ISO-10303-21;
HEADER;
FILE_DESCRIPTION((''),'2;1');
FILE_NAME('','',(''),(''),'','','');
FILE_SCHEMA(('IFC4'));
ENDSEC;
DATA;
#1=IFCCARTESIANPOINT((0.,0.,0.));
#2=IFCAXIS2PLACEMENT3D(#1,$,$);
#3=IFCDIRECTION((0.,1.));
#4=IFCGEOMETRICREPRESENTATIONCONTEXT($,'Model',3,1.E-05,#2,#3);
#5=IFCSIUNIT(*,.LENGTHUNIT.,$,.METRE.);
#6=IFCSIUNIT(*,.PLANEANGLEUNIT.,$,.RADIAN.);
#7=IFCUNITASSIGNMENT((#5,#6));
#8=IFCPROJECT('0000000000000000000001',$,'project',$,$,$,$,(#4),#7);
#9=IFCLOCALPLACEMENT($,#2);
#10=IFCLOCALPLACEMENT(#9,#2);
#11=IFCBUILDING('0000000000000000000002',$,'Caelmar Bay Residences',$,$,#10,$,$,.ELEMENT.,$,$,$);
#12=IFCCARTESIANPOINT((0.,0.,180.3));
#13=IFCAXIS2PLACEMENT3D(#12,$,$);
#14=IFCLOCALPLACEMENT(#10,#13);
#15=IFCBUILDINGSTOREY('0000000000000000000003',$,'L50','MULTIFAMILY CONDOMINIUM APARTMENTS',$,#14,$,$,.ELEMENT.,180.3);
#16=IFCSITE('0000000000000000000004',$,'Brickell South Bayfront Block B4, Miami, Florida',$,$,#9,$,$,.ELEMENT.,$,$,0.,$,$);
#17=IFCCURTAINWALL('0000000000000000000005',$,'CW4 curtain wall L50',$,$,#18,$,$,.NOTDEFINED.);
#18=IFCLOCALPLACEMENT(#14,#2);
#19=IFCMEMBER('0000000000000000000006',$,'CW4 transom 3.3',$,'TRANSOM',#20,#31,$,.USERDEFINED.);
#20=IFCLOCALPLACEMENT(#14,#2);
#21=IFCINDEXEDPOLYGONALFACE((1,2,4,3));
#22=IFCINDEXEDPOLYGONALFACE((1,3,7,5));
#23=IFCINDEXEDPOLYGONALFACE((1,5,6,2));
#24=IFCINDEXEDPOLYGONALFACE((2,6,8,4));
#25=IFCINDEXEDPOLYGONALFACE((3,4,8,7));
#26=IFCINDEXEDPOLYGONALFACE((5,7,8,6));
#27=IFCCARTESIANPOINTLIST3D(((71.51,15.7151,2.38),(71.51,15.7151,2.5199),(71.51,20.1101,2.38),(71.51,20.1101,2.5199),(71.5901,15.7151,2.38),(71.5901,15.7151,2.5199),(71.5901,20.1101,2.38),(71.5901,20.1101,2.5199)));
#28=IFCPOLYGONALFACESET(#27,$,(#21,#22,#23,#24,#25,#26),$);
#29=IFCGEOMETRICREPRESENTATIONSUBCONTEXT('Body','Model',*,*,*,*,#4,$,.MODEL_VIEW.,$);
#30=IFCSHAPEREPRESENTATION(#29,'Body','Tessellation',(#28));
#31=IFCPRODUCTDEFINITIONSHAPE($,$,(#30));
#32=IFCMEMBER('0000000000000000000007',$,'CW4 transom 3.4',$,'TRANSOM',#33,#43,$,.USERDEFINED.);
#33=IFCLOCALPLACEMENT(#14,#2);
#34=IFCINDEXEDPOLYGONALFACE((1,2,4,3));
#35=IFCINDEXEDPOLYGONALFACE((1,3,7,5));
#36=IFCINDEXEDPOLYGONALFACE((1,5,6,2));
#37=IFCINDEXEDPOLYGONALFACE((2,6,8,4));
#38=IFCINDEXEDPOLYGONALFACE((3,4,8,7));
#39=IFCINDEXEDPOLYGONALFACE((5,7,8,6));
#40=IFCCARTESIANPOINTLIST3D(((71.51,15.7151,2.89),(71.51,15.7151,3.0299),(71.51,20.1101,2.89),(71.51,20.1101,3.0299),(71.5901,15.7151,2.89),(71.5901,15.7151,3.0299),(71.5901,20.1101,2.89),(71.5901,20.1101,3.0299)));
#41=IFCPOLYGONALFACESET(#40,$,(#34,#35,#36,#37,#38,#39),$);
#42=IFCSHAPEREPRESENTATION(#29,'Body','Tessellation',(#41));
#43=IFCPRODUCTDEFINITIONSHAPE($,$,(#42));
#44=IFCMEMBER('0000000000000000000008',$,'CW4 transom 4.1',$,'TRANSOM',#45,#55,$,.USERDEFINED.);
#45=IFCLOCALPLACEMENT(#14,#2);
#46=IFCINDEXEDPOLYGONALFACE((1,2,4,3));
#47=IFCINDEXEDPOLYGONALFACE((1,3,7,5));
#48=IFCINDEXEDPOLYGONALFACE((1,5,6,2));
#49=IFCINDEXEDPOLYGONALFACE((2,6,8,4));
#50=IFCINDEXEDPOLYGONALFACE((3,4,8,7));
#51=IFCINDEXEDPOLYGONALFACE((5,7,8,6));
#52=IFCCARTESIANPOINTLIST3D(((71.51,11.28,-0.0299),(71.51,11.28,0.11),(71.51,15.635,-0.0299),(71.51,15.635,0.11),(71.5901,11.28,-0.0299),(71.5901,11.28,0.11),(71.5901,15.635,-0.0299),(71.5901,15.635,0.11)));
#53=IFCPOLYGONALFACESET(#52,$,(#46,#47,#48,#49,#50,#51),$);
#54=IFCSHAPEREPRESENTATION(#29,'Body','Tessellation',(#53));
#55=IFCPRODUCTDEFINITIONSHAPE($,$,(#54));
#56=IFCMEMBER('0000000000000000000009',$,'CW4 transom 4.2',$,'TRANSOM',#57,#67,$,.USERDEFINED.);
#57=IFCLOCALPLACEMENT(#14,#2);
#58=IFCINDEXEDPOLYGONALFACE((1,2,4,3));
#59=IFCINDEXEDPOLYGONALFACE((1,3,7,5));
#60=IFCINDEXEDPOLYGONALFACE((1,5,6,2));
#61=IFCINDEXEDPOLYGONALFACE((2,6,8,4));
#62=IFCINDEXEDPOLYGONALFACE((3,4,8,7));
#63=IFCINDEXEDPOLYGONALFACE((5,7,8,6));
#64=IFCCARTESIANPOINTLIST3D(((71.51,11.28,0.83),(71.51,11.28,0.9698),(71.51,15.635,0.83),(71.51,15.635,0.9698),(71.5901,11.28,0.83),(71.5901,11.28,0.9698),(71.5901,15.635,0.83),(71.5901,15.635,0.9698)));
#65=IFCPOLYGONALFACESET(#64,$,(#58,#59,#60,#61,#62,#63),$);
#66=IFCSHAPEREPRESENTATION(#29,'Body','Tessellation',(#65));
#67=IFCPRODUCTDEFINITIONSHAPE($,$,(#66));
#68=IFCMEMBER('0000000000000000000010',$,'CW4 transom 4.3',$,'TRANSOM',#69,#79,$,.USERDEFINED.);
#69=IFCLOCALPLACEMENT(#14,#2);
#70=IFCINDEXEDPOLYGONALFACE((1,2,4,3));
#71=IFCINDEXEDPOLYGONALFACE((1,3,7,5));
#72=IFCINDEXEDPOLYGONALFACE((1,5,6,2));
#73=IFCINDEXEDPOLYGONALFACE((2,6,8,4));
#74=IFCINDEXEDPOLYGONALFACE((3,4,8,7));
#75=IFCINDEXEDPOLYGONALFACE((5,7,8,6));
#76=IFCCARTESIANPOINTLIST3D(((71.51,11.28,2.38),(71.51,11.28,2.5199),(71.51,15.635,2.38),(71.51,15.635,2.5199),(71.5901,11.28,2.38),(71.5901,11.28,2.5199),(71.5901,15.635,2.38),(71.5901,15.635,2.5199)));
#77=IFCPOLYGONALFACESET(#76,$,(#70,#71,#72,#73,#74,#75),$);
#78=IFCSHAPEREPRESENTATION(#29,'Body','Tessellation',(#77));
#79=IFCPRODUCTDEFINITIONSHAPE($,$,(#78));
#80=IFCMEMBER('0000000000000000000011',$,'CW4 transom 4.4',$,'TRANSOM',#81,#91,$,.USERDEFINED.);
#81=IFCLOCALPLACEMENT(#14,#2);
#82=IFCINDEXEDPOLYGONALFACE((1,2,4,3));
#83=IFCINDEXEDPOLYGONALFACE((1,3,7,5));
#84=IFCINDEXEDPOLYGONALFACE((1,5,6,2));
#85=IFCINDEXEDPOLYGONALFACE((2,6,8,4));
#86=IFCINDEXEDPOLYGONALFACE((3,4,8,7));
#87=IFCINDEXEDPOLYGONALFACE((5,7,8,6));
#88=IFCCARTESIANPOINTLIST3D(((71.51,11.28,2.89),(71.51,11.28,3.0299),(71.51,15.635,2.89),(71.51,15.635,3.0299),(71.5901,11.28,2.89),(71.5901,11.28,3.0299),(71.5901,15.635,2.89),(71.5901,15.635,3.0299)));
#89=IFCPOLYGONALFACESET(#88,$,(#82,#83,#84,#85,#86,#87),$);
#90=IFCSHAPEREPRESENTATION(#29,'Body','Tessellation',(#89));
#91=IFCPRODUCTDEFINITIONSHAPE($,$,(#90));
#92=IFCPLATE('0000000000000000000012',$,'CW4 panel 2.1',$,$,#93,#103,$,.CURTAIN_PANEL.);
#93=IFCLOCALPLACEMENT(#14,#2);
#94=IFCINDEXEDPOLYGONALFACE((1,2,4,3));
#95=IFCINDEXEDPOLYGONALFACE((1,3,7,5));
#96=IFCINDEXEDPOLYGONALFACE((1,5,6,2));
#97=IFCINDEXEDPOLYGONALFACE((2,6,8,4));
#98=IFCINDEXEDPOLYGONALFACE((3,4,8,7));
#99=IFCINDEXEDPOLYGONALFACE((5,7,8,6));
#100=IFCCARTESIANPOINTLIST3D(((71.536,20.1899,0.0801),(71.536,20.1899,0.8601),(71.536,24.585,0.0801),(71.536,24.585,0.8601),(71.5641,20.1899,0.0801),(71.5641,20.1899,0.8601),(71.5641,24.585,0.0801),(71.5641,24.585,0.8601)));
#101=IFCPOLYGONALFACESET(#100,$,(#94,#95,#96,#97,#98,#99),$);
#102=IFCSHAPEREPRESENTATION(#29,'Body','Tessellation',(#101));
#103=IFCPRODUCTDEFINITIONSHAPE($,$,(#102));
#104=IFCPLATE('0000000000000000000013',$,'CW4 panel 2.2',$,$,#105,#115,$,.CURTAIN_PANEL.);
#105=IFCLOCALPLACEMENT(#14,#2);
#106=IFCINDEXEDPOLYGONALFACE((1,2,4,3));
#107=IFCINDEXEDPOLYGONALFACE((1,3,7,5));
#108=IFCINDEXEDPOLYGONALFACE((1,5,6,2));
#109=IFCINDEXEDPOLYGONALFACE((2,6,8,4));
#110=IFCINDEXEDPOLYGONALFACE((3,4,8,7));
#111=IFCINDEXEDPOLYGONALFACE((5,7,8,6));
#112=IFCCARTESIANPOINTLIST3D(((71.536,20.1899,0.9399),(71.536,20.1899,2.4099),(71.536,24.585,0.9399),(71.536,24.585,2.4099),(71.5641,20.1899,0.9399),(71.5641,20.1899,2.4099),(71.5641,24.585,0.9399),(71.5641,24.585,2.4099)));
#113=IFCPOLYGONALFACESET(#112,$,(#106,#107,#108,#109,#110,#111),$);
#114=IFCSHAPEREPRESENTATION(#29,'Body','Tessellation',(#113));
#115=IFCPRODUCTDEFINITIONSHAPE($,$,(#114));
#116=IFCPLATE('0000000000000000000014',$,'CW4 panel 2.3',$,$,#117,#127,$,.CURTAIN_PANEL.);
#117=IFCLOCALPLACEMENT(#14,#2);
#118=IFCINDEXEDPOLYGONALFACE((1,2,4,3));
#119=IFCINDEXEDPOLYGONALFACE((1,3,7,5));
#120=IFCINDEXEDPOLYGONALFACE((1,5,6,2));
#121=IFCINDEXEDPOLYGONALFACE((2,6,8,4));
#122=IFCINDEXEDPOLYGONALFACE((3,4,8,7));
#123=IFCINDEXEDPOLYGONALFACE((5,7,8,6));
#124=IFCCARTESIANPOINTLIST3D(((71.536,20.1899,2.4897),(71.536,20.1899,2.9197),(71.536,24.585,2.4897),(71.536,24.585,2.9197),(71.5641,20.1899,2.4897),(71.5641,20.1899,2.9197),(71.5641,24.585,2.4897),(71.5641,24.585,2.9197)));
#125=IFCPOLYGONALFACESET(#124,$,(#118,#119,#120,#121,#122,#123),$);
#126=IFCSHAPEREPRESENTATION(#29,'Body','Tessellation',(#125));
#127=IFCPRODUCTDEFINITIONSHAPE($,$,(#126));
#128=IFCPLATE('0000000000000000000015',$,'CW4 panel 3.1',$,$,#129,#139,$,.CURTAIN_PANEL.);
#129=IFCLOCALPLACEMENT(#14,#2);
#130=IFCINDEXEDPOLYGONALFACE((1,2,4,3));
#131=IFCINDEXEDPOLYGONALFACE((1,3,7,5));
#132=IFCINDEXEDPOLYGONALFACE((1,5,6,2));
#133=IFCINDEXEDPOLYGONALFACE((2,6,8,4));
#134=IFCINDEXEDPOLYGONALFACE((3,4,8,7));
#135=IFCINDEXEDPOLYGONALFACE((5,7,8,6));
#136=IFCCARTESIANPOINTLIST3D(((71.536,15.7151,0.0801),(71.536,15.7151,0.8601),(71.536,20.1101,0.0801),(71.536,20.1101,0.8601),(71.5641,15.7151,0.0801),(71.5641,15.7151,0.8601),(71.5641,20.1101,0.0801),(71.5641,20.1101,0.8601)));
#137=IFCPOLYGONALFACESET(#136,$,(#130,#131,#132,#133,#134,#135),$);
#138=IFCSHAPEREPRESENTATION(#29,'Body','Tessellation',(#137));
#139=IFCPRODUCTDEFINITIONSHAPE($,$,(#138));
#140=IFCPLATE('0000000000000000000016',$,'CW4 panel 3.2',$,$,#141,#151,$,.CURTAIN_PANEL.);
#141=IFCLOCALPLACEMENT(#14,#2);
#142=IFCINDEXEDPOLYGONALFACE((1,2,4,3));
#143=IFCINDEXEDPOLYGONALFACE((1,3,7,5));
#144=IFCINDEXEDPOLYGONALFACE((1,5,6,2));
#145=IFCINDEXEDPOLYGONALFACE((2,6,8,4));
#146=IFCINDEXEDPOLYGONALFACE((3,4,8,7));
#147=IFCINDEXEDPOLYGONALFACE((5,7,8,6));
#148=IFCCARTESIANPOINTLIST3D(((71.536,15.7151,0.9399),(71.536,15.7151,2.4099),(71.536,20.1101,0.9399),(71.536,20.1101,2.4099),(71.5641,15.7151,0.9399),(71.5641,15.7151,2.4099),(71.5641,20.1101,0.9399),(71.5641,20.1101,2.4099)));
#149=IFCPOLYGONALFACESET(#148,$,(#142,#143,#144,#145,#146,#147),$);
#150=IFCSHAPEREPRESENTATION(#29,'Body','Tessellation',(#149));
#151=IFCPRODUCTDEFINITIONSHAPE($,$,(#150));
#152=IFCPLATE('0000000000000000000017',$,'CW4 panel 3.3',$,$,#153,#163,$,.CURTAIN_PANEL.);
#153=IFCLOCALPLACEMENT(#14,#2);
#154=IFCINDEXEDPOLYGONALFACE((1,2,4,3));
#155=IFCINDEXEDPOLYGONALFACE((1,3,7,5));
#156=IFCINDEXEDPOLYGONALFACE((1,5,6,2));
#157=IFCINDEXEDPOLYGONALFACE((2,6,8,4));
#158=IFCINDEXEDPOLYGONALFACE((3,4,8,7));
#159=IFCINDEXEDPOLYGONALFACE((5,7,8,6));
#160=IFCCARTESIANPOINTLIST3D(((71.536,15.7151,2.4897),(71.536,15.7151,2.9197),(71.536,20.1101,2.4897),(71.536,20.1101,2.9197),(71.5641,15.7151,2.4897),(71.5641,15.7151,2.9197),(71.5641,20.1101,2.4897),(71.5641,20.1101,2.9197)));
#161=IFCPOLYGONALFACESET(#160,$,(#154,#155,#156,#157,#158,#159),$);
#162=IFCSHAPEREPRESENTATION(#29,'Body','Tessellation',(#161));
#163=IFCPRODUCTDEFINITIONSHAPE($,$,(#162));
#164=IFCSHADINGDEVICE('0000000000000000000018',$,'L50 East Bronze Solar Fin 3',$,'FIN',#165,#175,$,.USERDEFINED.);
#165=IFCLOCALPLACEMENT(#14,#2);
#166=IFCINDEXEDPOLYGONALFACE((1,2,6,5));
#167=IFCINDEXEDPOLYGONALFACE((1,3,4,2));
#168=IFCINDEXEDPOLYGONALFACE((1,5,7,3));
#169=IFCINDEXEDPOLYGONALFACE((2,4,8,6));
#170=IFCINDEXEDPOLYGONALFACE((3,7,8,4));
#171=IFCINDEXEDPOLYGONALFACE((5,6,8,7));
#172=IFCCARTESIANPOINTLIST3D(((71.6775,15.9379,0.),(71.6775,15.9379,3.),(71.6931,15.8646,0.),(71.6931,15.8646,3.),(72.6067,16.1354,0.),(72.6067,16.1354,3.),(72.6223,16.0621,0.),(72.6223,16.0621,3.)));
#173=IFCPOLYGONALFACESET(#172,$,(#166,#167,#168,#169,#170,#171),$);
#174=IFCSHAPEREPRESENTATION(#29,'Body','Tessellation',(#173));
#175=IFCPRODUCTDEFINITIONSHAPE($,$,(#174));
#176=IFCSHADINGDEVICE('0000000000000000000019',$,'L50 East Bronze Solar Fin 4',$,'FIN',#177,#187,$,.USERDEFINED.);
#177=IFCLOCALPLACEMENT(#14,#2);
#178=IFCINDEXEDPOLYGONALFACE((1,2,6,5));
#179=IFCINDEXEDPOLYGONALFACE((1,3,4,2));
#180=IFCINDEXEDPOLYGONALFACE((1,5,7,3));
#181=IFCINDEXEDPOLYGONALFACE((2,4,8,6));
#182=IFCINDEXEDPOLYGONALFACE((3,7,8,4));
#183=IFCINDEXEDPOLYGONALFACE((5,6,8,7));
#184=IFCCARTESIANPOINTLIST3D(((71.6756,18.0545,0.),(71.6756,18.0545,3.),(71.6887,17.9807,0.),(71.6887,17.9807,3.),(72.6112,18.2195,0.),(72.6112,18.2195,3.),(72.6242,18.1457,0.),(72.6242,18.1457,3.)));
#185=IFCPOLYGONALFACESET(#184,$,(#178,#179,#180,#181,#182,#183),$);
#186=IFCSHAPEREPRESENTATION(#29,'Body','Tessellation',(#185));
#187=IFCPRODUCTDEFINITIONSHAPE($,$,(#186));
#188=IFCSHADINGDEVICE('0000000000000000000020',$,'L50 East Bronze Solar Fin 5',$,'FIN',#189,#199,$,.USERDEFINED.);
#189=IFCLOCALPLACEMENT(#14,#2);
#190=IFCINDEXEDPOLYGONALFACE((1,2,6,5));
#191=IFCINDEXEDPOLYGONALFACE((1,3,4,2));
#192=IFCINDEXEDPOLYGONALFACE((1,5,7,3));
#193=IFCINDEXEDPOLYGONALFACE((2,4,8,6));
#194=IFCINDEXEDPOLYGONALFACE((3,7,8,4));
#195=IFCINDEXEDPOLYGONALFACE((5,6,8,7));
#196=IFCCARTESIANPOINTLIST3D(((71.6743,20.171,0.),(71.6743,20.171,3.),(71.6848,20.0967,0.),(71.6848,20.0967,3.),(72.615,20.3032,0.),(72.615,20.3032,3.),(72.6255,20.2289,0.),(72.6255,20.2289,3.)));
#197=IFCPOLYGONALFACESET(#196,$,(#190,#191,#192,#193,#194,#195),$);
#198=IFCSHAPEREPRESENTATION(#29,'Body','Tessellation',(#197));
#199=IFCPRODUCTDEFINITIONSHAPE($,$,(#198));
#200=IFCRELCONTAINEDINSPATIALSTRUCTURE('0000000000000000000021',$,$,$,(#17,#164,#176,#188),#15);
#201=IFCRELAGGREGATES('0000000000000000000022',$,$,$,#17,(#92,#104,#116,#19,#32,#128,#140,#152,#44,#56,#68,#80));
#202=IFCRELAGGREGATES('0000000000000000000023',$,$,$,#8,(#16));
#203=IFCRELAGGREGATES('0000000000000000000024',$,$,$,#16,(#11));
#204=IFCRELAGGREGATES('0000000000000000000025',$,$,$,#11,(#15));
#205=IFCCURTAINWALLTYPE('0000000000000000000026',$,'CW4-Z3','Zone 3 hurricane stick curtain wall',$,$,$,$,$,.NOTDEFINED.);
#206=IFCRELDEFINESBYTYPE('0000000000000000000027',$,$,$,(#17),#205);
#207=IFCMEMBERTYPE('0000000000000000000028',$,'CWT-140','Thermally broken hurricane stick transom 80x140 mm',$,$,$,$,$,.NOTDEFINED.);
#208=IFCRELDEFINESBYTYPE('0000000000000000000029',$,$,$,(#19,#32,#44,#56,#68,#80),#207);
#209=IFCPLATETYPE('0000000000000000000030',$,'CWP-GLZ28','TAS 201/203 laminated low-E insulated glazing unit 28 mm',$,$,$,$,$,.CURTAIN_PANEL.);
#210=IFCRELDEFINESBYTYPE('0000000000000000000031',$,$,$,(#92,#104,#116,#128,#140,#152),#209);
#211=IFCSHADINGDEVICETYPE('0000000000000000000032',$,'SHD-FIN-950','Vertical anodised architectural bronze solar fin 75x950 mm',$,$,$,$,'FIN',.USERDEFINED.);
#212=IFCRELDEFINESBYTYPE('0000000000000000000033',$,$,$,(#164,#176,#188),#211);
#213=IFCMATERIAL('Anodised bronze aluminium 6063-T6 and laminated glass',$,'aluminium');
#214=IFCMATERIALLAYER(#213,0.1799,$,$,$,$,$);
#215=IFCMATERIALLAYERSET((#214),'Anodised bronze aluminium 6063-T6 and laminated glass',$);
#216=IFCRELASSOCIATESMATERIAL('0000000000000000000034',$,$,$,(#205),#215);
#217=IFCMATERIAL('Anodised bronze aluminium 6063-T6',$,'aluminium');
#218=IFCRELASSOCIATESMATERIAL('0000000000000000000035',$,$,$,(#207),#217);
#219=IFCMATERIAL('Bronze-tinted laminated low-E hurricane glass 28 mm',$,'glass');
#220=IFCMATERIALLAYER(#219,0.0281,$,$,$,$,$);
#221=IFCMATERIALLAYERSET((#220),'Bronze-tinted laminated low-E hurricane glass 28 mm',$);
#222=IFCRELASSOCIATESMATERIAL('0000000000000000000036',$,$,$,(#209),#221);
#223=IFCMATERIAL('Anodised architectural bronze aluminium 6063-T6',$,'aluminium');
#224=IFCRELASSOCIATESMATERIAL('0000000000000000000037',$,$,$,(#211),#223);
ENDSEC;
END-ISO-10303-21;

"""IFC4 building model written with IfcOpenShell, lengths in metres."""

from ifc_helpers import new_model, si_unit, direction, frame, origin, origin_2d, place, context, subcontext, project, spatial, rectangle, extrude, material, layer, layer_set, material_profile, profile_set, type_object, element, aggregate, save


model = new_model("IFC4")

# Units and contexts
model_context = context("Model", 3, precision=1e-05, world=origin(), true_north=direction((0.0, 1.0)))
body_context = subcontext(model_context, "Body", "Model", "MODEL_VIEW")
ifc_project = project(units=[si_unit("LENGTHUNIT", "METRE"), si_unit("PLANEANGLEUNIT", "RADIAN")], contexts=[model_context])

# Site, building, storey
site_placement = place(None, origin())
site = spatial("IfcSite", under=ifc_project, at=site_placement, Name="Brickell South Bayfront Block B4, Miami, Florida", CompositionType="ELEMENT", RefElevation=0.0)
building_placement = place(site_placement, origin())
building = spatial("IfcBuilding", under=site, at=building_placement, Name="Caelmar Bay Residences", CompositionType="ELEMENT")
storey_placement = place(building_placement, frame((0.0, 0.0, 180.3)))
storey = spatial("IfcBuildingStorey", under=building, at=storey_placement, Name="L50", Description="MULTIFAMILY CONDOMINIUM APARTMENTS", CompositionType="ELEMENT", Elevation=180.3)

# Curtain wall, members, plates
ifc_material_1 = material(Name="Anodised bronze aluminium 6063-T6 and laminated glass", Category="aluminium")
ifc_layer_1 = layer(ifc_material_1, 0.1799)
ifc_layer_set_1 = layer_set([ifc_layer_1], Name="Anodised bronze aluminium 6063-T6 and laminated glass")
curtain_wall_type = type_object("IfcCurtainWallType", Name="CW4-Z3", Description="Zone 3 hurricane stick curtain wall", PredefinedType="NOTDEFINED", material=ifc_layer_set_1)
curtain_wall_placement = place(storey_placement, origin())
curtain_wall = element("IfcCurtainWall", 1, at=curtain_wall_placement, inside=storey, type_object=curtain_wall_type, Name="CW4 curtain wall L50", PredefinedType="NOTDEFINED")
ifc_material_2 = material(Name="Anodised bronze aluminium 6063-T6", Category="aluminium")
ifc_material_profile_1 = material_profile(ifc_material_2, rectangle(XDim=0.0801, YDim=0.1399, at=origin_2d()), Name="CWT-80X140")
ifc_profile_set_1 = profile_set([ifc_material_profile_1], Name="Anodised bronze aluminium 6063-T6")
member_type_1 = type_object("IfcMemberType", Name="CWT-140", Description="Thermally broken hurricane stick transom 80x140 mm", PredefinedType="NOTDEFINED", material=ifc_profile_set_1)
member_1_placement = place(storey_placement, frame((71.55, 20.1101, 2.45), z_axis=(0.0, -1.0, 0.0), x_axis=(1.0, 0.0, 0.0)))
member_1 = element("IfcMember", 2, at=member_1_placement, type_object=member_type_1, Name="CW4 transom 3.3", ObjectType="TRANSOM", PredefinedType="USERDEFINED", context=body_context, shape_type="SweptSolid", body=[
    extrude(rectangle(XDim=0.0801, YDim=0.1399, at=origin_2d()), origin(), (0.0, 0.0, 1.0), 4.395),
])
member_2_placement = place(storey_placement, frame((71.55, 20.1101, 2.96), z_axis=(0.0, -1.0, 0.0), x_axis=(1.0, 0.0, 0.0)))
member_2 = element("IfcMember", 3, at=member_2_placement, type_object=member_type_1, Name="CW4 transom 3.4", ObjectType="TRANSOM", PredefinedType="USERDEFINED", context=body_context, shape_type="SweptSolid", body=[
    extrude(rectangle(XDim=0.0801, YDim=0.1399, at=origin_2d()), origin(), (0.0, 0.0, 1.0), 4.395),
])
member_3_placement = place(storey_placement, frame((71.55, 15.635, 0.04), z_axis=(0.0, -1.0, 0.0), x_axis=(1.0, 0.0, 0.0)))
member_3 = element("IfcMember", 4, at=member_3_placement, type_object=member_type_1, Name="CW4 transom 4.1", ObjectType="TRANSOM", PredefinedType="USERDEFINED", context=body_context, shape_type="SweptSolid", body=[
    extrude(rectangle(XDim=0.0801, YDim=0.1399, at=origin_2d()), origin(), (0.0, 0.0, 1.0), 4.355),
])
member_4_placement = place(storey_placement, frame((71.55, 15.635, 0.8999), z_axis=(0.0, -1.0, 0.0), x_axis=(1.0, 0.0, 0.0)))
member_4 = element("IfcMember", 5, at=member_4_placement, type_object=member_type_1, Name="CW4 transom 4.2", ObjectType="TRANSOM", PredefinedType="USERDEFINED", context=body_context, shape_type="SweptSolid", body=[
    extrude(rectangle(XDim=0.0801, YDim=0.1399, at=origin_2d()), origin(), (0.0, 0.0, 1.0), 4.355),
])
member_5_placement = place(storey_placement, frame((71.55, 15.635, 2.45), z_axis=(0.0, -1.0, 0.0), x_axis=(1.0, 0.0, 0.0)))
member_5 = element("IfcMember", 6, at=member_5_placement, type_object=member_type_1, Name="CW4 transom 4.3", ObjectType="TRANSOM", PredefinedType="USERDEFINED", context=body_context, shape_type="SweptSolid", body=[
    extrude(rectangle(XDim=0.0801, YDim=0.1399, at=origin_2d()), origin(), (0.0, 0.0, 1.0), 4.355),
])
member_6_placement = place(storey_placement, frame((71.55, 15.635, 2.96), z_axis=(0.0, -1.0, 0.0), x_axis=(1.0, 0.0, 0.0)))
member_6 = element("IfcMember", 7, at=member_6_placement, type_object=member_type_1, Name="CW4 transom 4.4", ObjectType="TRANSOM", PredefinedType="USERDEFINED", context=body_context, shape_type="SweptSolid", body=[
    extrude(rectangle(XDim=0.0801, YDim=0.1399, at=origin_2d()), origin(), (0.0, 0.0, 1.0), 4.355),
])
ifc_material_3 = material(Name="Bronze-tinted laminated low-E hurricane glass 28 mm", Category="glass")
ifc_layer_2 = layer(ifc_material_3, 0.0281)
ifc_layer_set_2 = layer_set([ifc_layer_2], Name="Bronze-tinted laminated low-E hurricane glass 28 mm")
plate_type = type_object("IfcPlateType", Name="CWP-GLZ28", Description="TAS 201/203 laminated low-E insulated glazing unit 28 mm", PredefinedType="CURTAIN_PANEL", material=ifc_layer_set_2)
plate_1_placement = place(storey_placement, frame((71.55, 22.3875, 0.0801), z_axis=(0.0, 0.0, 1.0), x_axis=(0.0, -1.0, 0.0)))
plate_1 = element("IfcPlate", 8, at=plate_1_placement, type_object=plate_type, Name="CW4 panel 2.1", PredefinedType="CURTAIN_PANEL", context=body_context, shape_type="SweptSolid", body=[
    extrude(rectangle(XDim=4.395, YDim=0.0281, at=origin_2d()), origin(), (0.0, 0.0, 1.0), 0.78),
])
plate_2_placement = place(storey_placement, frame((71.55, 22.3875, 0.9399), z_axis=(0.0, 0.0, 1.0), x_axis=(0.0, -1.0, 0.0)))
plate_2 = element("IfcPlate", 9, at=plate_2_placement, type_object=plate_type, Name="CW4 panel 2.2", PredefinedType="CURTAIN_PANEL", context=body_context, shape_type="SweptSolid", body=[
    extrude(rectangle(XDim=4.395, YDim=0.0281, at=origin_2d()), origin(), (0.0, 0.0, 1.0), 1.47),
])
plate_3_placement = place(storey_placement, frame((71.55, 22.3875, 2.4897), z_axis=(0.0, 0.0, 1.0), x_axis=(0.0, -1.0, 0.0)))
plate_3 = element("IfcPlate", 10, at=plate_3_placement, type_object=plate_type, Name="CW4 panel 2.3", PredefinedType="CURTAIN_PANEL", context=body_context, shape_type="SweptSolid", body=[
    extrude(rectangle(XDim=4.395, YDim=0.0281, at=origin_2d()), origin(), (0.0, 0.0, 1.0), 0.4299),
])
plate_4_placement = place(storey_placement, frame((71.55, 17.9126, 0.0801), z_axis=(0.0, 0.0, 1.0), x_axis=(0.0, -1.0, 0.0)))
plate_4 = element("IfcPlate", 11, at=plate_4_placement, type_object=plate_type, Name="CW4 panel 3.1", PredefinedType="CURTAIN_PANEL", context=body_context, shape_type="SweptSolid", body=[
    extrude(rectangle(XDim=4.395, YDim=0.0281, at=origin_2d()), origin(), (0.0, 0.0, 1.0), 0.78),
])
plate_5_placement = place(storey_placement, frame((71.55, 17.9126, 0.9399), z_axis=(0.0, 0.0, 1.0), x_axis=(0.0, -1.0, 0.0)))
plate_5 = element("IfcPlate", 12, at=plate_5_placement, type_object=plate_type, Name="CW4 panel 3.2", PredefinedType="CURTAIN_PANEL", context=body_context, shape_type="SweptSolid", body=[
    extrude(rectangle(XDim=4.395, YDim=0.0281, at=origin_2d()), origin(), (0.0, 0.0, 1.0), 1.47),
])
plate_6_placement = place(storey_placement, frame((71.55, 17.9126, 2.4897), z_axis=(0.0, 0.0, 1.0), x_axis=(0.0, -1.0, 0.0)))
plate_6 = element("IfcPlate", 13, at=plate_6_placement, type_object=plate_type, Name="CW4 panel 3.3", PredefinedType="CURTAIN_PANEL", context=body_context, shape_type="SweptSolid", body=[
    extrude(rectangle(XDim=4.395, YDim=0.0281, at=origin_2d()), origin(), (0.0, 0.0, 1.0), 0.4299),
])
aggregate(curtain_wall, [plate_1, plate_2, plate_3, member_1, member_2, plate_4, plate_5, plate_6, member_3, member_4, member_5, member_6])

# Shading devices
ifc_material_4 = material(Name="Anodised architectural bronze aluminium 6063-T6", Category="aluminium")
ifc_material_profile_2 = material_profile(ifc_material_4, rectangle(XDim=0.075, YDim=0.95, at=origin_2d()), Name="BRONZE-FIN-75X950")
ifc_profile_set_2 = profile_set([ifc_material_profile_2], Name="Anodised architectural bronze aluminium 6063-T6")
shading_device_type = type_object("IfcShadingDeviceType", Name="SHD-FIN-950", Description="Vertical anodised architectural bronze solar fin 75x950 mm", ElementType="FIN", PredefinedType="USERDEFINED", material=ifc_profile_set_2)
for number, where, z_axis, x_axis, name in (
    (14, (72.1499, 16.0, 0.0), (0.0, 0.0, 1.0), (-0.207912, 0.978148, 0.0), "L50 East Bronze Solar Fin 3"),
    (15, (72.1499, 18.1001, 0.0), (0.0, 0.0, 1.0), (-0.173648, 0.984808, 0.0), "L50 East Bronze Solar Fin 4"),
    (16, (72.1499, 20.2, 0.0), (0.0, 0.0, 1.0), (-0.139173, 0.990268, 0.0), "L50 East Bronze Solar Fin 5"),
):
    element("IfcShadingDevice", number, at=place(storey_placement, frame(where, z_axis=z_axis, x_axis=x_axis)), inside=storey, type_object=shading_device_type, Name=name, ObjectType="FIN", PredefinedType="USERDEFINED", context=body_context, shape_type="SweptSolid", body=[
        extrude(rectangle(XDim=0.075, YDim=0.95, at=origin_2d()), origin(), (0.0, 0.0, 1.0), 3.0),
    ])

save(model, "model.ifc")
